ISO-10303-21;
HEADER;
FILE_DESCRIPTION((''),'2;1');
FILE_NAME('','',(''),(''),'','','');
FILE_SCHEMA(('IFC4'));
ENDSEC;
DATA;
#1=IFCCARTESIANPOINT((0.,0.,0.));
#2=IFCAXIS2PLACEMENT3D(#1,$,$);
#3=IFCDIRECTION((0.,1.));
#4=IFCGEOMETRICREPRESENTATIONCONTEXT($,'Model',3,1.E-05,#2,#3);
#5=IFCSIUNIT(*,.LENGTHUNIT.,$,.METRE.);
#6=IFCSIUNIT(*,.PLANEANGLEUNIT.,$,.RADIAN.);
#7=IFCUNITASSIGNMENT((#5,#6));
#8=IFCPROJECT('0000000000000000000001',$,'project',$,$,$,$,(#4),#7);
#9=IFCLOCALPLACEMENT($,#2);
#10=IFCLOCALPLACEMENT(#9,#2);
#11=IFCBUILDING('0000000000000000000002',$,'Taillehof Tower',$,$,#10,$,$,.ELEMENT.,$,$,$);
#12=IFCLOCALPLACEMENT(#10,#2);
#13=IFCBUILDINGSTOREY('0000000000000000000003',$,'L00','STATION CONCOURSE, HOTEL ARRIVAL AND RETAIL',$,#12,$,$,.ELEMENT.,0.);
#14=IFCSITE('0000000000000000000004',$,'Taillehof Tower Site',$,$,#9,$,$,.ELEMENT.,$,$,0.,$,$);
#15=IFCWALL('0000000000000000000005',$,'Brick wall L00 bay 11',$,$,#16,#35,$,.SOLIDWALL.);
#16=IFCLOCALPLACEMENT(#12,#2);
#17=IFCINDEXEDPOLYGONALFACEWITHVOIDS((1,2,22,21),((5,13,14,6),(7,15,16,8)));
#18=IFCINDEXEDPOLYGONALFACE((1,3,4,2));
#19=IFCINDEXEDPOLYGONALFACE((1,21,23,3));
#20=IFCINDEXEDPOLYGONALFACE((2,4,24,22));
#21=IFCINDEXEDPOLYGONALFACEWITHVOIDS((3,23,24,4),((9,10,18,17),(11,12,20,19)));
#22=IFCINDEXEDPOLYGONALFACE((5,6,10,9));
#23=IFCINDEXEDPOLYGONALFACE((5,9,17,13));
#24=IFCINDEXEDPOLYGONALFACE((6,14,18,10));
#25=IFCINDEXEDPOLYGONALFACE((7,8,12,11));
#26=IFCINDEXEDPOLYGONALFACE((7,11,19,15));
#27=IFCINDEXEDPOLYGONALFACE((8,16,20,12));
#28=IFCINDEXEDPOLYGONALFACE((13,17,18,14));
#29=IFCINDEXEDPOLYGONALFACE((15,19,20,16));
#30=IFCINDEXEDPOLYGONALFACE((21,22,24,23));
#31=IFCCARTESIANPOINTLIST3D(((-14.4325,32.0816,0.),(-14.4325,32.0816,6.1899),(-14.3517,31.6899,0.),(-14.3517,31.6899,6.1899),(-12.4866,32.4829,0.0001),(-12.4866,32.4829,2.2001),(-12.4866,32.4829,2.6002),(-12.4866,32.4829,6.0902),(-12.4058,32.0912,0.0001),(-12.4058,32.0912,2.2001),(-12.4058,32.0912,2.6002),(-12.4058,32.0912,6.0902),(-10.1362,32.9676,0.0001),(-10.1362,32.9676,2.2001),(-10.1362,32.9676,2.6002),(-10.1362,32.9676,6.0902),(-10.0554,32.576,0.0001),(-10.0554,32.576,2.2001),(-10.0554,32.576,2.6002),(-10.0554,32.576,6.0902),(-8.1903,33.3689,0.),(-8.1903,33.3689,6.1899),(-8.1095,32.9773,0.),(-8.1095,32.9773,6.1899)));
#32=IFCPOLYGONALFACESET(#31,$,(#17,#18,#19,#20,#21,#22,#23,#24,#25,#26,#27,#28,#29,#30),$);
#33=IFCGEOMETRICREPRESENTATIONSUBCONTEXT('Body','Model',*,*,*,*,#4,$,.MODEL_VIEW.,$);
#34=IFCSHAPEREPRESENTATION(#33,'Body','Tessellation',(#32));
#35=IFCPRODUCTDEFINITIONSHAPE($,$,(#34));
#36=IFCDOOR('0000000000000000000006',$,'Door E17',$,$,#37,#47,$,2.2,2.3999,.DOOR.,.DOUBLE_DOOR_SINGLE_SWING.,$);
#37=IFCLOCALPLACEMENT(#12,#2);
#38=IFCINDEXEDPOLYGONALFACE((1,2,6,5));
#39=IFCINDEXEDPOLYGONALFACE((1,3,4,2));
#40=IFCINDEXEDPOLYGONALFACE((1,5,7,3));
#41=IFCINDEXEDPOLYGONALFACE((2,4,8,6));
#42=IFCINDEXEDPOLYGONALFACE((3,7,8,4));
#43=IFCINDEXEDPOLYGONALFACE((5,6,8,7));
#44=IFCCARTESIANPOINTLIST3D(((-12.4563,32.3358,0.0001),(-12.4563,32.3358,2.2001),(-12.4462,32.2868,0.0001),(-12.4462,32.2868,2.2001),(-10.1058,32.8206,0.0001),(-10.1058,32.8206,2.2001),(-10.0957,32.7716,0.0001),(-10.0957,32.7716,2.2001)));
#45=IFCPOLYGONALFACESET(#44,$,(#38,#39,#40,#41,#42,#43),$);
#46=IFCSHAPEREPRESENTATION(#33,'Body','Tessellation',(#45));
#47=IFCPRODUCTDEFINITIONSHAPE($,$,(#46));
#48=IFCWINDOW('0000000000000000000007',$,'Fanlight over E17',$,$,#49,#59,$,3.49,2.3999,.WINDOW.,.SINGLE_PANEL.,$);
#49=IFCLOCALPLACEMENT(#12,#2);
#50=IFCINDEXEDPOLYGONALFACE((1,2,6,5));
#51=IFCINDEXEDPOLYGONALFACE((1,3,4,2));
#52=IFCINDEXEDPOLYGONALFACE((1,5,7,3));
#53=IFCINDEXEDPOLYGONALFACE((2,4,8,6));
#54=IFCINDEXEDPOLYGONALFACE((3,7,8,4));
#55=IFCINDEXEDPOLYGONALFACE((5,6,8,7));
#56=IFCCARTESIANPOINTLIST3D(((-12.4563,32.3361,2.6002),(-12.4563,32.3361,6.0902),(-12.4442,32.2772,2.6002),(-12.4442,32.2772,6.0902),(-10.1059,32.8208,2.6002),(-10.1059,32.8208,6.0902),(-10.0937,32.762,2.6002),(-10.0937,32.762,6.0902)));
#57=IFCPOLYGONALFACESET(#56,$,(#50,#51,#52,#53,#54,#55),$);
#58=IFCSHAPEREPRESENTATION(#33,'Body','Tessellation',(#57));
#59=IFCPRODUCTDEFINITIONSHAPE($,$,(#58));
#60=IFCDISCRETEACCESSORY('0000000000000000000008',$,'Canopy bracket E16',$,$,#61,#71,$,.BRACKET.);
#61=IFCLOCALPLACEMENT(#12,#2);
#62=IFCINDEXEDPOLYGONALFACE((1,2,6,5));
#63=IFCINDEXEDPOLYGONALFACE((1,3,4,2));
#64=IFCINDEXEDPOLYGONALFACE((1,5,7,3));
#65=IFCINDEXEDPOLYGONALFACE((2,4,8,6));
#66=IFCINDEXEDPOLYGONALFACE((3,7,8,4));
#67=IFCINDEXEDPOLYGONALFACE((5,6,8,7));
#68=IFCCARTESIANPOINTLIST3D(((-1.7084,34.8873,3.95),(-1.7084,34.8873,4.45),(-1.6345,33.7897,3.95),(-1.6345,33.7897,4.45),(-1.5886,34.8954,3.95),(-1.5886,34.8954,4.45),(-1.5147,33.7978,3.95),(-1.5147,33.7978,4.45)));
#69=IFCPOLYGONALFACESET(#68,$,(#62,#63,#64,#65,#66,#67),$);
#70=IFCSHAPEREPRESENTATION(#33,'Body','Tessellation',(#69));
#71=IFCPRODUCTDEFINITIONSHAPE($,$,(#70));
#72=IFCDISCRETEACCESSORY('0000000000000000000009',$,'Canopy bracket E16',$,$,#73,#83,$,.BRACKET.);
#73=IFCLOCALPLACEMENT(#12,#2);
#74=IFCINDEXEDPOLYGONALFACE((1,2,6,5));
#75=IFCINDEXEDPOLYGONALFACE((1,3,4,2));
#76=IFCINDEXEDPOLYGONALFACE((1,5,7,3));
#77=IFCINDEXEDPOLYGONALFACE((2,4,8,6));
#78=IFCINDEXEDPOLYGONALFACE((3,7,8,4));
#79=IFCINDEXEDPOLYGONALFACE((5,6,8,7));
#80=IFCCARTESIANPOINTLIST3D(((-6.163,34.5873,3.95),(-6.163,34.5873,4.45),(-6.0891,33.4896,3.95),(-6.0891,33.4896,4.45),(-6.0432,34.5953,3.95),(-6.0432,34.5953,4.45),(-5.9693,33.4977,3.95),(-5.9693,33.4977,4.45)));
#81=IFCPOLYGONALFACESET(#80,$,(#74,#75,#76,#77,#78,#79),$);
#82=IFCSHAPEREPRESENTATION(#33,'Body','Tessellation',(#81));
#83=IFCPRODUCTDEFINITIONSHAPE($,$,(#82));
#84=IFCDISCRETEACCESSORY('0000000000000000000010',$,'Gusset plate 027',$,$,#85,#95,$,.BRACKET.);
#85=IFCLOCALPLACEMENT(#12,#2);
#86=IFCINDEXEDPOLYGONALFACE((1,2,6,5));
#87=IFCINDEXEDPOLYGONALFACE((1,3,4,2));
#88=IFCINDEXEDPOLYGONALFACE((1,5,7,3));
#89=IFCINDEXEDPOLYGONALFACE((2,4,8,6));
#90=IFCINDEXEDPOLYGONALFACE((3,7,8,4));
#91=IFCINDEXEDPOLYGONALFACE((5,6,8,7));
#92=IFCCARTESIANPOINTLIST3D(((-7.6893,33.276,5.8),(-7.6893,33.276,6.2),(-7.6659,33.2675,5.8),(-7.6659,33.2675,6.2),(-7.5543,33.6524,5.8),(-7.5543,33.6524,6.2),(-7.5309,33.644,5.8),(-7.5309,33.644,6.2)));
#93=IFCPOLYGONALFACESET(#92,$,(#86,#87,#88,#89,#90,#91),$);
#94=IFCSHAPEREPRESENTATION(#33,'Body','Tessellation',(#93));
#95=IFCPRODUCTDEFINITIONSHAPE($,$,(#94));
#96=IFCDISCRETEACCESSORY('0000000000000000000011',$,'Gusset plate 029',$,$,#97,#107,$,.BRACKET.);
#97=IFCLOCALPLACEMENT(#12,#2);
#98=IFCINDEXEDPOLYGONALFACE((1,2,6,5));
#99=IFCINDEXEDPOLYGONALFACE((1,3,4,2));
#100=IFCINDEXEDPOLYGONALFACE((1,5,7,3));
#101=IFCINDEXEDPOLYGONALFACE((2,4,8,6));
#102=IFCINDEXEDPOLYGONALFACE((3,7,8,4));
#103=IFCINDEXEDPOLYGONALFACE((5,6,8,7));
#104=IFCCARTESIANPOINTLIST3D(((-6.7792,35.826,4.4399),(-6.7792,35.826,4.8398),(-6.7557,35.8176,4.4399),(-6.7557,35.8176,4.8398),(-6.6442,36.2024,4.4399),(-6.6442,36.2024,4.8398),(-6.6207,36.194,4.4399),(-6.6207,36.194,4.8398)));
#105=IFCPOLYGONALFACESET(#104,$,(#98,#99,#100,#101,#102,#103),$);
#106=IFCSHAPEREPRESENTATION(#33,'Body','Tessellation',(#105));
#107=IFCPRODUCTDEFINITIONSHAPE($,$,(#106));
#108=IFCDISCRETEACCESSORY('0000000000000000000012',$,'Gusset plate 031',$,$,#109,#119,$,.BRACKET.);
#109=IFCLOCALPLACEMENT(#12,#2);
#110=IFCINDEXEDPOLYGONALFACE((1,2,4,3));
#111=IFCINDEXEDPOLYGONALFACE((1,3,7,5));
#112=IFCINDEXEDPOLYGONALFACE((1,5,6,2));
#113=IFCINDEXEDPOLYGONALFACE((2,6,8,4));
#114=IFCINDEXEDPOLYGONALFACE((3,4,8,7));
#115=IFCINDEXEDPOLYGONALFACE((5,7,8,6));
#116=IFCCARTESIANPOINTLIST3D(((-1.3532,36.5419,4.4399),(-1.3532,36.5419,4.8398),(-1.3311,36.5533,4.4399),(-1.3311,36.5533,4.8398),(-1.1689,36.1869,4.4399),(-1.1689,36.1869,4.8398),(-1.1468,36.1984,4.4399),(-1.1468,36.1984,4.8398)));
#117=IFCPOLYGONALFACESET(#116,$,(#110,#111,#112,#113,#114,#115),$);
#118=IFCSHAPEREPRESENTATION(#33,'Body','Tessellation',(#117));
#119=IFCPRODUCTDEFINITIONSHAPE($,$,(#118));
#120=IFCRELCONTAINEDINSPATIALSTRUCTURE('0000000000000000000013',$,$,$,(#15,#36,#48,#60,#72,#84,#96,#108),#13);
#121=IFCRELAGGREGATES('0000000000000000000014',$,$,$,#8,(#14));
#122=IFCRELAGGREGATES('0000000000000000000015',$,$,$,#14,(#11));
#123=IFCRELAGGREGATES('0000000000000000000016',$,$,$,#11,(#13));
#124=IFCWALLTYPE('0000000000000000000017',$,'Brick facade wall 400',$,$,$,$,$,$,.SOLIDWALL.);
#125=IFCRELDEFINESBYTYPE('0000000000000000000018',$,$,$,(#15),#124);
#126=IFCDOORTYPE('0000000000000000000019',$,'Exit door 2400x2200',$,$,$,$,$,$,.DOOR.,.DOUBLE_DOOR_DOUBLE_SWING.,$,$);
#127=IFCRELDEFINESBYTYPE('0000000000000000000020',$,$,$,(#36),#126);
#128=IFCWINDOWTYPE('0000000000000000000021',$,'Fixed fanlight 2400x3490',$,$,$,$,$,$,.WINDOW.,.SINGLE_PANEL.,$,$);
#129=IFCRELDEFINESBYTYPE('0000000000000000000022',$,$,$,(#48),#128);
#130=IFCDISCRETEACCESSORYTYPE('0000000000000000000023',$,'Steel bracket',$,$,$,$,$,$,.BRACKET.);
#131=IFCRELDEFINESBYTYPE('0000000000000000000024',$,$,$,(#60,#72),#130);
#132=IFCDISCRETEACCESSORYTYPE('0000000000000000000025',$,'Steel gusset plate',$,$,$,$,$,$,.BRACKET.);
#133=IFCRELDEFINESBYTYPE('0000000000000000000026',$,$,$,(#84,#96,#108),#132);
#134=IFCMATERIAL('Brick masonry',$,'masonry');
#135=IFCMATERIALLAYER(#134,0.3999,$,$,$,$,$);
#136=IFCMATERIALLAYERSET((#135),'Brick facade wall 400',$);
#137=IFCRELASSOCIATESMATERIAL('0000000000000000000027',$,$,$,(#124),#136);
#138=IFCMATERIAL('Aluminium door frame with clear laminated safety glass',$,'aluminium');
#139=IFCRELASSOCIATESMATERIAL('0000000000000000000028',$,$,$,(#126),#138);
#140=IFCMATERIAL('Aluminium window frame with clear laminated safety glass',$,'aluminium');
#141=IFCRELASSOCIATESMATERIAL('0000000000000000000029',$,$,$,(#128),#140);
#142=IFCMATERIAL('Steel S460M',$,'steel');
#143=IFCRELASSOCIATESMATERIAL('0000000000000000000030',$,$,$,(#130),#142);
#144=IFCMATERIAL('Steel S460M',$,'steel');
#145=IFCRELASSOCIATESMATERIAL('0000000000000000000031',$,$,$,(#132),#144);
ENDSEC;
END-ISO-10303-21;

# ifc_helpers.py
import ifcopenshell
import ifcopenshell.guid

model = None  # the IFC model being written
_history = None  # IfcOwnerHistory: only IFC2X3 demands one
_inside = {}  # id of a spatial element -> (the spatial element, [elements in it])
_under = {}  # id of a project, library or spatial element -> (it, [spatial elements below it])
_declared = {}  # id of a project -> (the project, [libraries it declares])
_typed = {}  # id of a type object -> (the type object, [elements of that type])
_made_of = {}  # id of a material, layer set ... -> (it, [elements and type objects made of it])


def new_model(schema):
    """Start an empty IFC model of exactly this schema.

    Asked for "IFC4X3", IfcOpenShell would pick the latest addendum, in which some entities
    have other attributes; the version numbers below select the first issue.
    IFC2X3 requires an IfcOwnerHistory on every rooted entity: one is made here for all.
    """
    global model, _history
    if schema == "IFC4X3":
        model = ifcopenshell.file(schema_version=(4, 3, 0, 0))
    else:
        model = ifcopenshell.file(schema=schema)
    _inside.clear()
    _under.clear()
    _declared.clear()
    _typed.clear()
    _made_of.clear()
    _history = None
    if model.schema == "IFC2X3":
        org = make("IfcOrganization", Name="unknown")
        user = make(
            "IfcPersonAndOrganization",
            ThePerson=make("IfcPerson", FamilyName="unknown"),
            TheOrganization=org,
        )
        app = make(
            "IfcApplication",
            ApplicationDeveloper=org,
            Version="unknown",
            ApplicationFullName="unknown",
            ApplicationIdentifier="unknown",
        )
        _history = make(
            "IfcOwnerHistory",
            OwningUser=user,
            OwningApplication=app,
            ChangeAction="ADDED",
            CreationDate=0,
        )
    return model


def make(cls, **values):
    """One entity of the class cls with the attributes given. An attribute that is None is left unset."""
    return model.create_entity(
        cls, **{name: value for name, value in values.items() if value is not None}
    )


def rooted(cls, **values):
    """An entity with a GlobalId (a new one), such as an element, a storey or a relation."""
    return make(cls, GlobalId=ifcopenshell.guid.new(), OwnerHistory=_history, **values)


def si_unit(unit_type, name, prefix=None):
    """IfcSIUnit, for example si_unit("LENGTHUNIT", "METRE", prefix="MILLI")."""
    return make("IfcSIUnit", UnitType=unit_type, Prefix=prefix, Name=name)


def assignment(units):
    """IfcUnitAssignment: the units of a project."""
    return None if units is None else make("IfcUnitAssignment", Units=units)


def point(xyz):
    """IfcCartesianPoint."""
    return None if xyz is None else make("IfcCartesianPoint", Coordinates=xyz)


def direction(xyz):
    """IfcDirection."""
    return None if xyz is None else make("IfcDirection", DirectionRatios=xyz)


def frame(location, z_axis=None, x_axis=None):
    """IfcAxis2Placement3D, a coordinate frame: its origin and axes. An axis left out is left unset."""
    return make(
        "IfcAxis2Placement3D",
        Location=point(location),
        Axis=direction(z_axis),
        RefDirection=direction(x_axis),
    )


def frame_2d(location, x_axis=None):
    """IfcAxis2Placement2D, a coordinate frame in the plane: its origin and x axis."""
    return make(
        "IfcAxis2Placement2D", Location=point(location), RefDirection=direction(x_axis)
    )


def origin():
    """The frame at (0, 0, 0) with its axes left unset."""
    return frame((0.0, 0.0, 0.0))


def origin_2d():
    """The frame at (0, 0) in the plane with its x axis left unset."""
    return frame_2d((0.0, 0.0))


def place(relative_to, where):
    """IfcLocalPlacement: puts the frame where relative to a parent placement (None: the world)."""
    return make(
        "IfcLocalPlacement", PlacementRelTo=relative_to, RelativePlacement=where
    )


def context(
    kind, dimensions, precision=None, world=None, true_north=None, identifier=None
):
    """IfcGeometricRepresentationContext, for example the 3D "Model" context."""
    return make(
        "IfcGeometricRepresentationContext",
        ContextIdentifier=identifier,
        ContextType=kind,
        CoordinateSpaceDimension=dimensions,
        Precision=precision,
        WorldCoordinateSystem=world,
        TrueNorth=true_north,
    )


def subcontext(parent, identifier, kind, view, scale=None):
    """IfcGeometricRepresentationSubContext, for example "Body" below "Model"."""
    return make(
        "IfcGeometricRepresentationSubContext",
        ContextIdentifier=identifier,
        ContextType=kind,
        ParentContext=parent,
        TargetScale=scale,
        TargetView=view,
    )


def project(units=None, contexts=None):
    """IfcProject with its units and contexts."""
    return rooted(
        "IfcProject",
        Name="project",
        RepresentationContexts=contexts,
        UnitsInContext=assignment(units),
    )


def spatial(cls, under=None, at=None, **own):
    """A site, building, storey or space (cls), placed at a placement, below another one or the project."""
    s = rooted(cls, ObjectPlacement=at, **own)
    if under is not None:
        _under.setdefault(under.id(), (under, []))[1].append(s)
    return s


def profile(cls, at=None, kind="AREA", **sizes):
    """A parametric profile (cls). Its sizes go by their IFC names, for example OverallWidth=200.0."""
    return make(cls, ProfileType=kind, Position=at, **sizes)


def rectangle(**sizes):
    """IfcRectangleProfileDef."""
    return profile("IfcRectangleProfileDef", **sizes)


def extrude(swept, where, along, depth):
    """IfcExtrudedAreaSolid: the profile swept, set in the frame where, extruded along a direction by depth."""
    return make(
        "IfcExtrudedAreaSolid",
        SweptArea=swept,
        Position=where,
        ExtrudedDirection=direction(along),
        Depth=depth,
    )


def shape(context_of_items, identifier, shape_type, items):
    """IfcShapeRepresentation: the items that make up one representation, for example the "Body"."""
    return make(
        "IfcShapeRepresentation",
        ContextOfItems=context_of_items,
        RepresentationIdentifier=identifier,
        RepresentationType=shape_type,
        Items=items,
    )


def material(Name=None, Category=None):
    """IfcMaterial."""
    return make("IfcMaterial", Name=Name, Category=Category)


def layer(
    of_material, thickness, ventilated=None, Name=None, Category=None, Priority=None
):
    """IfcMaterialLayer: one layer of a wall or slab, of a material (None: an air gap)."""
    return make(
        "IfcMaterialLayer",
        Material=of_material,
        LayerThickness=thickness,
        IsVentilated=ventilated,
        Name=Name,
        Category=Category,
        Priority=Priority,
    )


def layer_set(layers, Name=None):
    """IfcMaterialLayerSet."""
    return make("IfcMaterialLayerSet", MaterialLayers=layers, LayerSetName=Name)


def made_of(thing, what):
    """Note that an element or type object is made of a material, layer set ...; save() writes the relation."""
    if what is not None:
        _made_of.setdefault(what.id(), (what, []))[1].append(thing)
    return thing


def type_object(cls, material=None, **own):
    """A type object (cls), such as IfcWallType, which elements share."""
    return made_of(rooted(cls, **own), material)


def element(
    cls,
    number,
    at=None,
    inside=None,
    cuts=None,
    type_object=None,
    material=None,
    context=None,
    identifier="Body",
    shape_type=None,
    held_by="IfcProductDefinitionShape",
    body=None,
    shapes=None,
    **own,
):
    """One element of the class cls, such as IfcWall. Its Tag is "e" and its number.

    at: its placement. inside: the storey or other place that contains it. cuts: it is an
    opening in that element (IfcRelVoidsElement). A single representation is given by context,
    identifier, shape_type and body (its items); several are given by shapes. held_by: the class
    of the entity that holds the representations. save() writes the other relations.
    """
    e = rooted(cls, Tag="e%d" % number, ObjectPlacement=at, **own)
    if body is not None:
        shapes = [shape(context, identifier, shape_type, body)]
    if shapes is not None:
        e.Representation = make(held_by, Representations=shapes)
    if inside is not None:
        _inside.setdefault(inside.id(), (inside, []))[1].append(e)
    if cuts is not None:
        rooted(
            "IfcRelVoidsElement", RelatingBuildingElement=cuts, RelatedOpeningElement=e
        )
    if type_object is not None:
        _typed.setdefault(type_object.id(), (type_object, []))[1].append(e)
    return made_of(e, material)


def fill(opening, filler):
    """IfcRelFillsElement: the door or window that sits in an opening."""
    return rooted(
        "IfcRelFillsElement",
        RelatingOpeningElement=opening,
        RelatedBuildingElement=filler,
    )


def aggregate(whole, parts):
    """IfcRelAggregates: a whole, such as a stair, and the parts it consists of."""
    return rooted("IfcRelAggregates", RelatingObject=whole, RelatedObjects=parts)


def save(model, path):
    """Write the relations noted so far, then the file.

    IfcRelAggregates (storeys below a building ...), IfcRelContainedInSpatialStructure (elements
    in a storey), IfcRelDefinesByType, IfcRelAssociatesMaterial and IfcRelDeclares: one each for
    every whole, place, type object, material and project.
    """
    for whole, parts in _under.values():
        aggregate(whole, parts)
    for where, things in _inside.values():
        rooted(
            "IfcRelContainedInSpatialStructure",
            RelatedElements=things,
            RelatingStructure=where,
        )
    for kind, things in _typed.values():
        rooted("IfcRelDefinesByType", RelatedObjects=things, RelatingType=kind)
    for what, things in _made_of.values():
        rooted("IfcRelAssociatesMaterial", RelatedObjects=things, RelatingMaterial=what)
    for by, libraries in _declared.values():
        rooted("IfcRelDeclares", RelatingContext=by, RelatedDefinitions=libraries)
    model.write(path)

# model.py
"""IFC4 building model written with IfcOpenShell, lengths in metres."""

from ifc_helpers import new_model, si_unit, direction, frame, frame_2d, origin, origin_2d, place, context, subcontext, project, spatial, rectangle, extrude, material, layer, layer_set, type_object, element, fill, save


model = new_model("IFC4")

# Units and contexts
model_context = context("Model", 3, precision=1e-05, world=origin(), true_north=direction((0.0, 1.0)))
body_context = subcontext(model_context, "Body", "Model", "MODEL_VIEW")
ifc_project = project(units=[si_unit("LENGTHUNIT", "METRE"), si_unit("PLANEANGLEUNIT", "RADIAN")], contexts=[model_context])

# Site, building, storey
site_placement = place(None, origin())
site = spatial("IfcSite", under=ifc_project, at=site_placement, Name="Taillehof Tower Site", CompositionType="ELEMENT", RefElevation=0.0)
building_placement = place(site_placement, origin())
building = spatial("IfcBuilding", under=site, at=building_placement, Name="Taillehof Tower", CompositionType="ELEMENT")
storey_placement = place(building_placement, origin())
storey = spatial("IfcBuildingStorey", under=building, at=storey_placement, Name="L00", Description="STATION CONCOURSE, HOTEL ARRIVAL AND RETAIL", CompositionType="ELEMENT", Elevation=0.0)

# Wall, openings, door, window
ifc_material_1 = material(Name="Brick masonry", Category="masonry")
ifc_layer = layer(ifc_material_1, 0.3999)
ifc_layer_set = layer_set([ifc_layer], Name="Brick facade wall 400")
wall_type = type_object("IfcWallType", Name="Brick facade wall 400", PredefinedType="SOLIDWALL", material=ifc_layer_set)
ifc_material_2 = material(Name="Aluminium door frame with clear laminated safety glass", Category="aluminium")
door_type = type_object("IfcDoorType", Name="Exit door 2400x2200", OperationType="DOUBLE_DOOR_DOUBLE_SWING", PredefinedType="DOOR", material=ifc_material_2)
ifc_material_3 = material(Name="Aluminium window frame with clear laminated safety glass", Category="aluminium")
window_type = type_object("IfcWindowType", Name="Fixed fanlight 2400x3490", PartitioningType="SINGLE_PANEL", PredefinedType="WINDOW", material=ifc_material_3)
wall_1_placement = place(storey_placement, frame((-8.1499, 33.1731, 0.0), z_axis=(0.0, 0.0, 1.0), x_axis=(-0.979389, -0.201984, 0.0)))
wall_1 = element("IfcWall", 1, at=wall_1_placement, inside=storey, type_object=wall_type, Name="Brick wall L00 bay 11", PredefinedType="SOLIDWALL", context=body_context, shape_type="SweptSolid", body=[
    extrude(rectangle(XDim=6.3735, YDim=0.3999, at=frame_2d((3.1868, 0.0))), origin(), (0.0, 0.0, 1.0), 6.1899),
])
opening_1_placement = place(wall_1_placement, frame((1.9868, 0.0, 0.0)))
opening_1 = element("IfcOpeningElement", 2, at=opening_1_placement, cuts=wall_1, PredefinedType="OPENING", context=body_context, shape_type="SweptSolid", body=[
    extrude(rectangle(XDim=2.3999, YDim=2.2, at=frame_2d((1.2, 1.1001))), frame((0.0, 0.21, 0.0), z_axis=(0.0, -1.0, 0.0), x_axis=(1.0, 0.0, 0.0)), (0.0, 0.0, 1.0), 0.4199),
])
opening_2_placement = place(wall_1_placement, frame((1.9868, 0.0, 2.6001)))
opening_2 = element("IfcOpeningElement", 3, at=opening_2_placement, cuts=wall_1, PredefinedType="OPENING", context=body_context, shape_type="SweptSolid", body=[
    extrude(rectangle(XDim=2.3999, YDim=3.49, at=frame_2d((1.2, 1.7451))), frame((0.0, 0.21, 0.0), z_axis=(0.0, -1.0, 0.0), x_axis=(1.0, 0.0, 0.0)), (0.0, 0.0, 1.0), 0.4199),
])
door_1_placement = place(opening_1_placement, frame((2.3999, 0.0, 0.0), z_axis=(0.0, 0.0, 1.0), x_axis=(-1.0, 0.0, 0.0)))
door_1 = element("IfcDoor", 4, at=door_1_placement, inside=storey, type_object=door_type, Name="Door E17", OperationType="DOUBLE_DOOR_SINGLE_SWING", OverallHeight=2.2, OverallWidth=2.3999, PredefinedType="DOOR", context=body_context, shape_type="SweptSolid", body=[
    extrude(rectangle(XDim=2.3999, YDim=2.2, at=frame_2d((1.2, 1.1001))), frame((0.0, 0.0498, 0.0), z_axis=(0.0, -1.0, 0.0), x_axis=(1.0, 0.0, 0.0)), (0.0, 0.0, 1.0), 0.05),
])
fill(opening_1, door_1)
window_1_placement = place(opening_2_placement, origin())
window_1 = element("IfcWindow", 5, at=window_1_placement, inside=storey, type_object=window_type, Name="Fanlight over E17", OverallHeight=3.49, OverallWidth=2.3999, PartitioningType="SINGLE_PANEL", PredefinedType="WINDOW", context=body_context, shape_type="SweptSolid", body=[
    extrude(rectangle(XDim=2.3999, YDim=3.49, at=frame_2d((1.2, 1.7451))), frame((0.0, 0.01, 0.0), z_axis=(0.0, -1.0, 0.0), x_axis=(1.0, 0.0, 0.0)), (0.0, 0.0, 1.0), 0.0601),
])
fill(opening_2, window_1)

# Discrete accessories
ifc_material_4 = material(Name="Steel S460M", Category="steel")
discrete_accessory_type_1 = type_object("IfcDiscreteAccessoryType", Name="Steel bracket", PredefinedType="BRACKET", material=ifc_material_4)
for number, where, z_axis, x_axis, name in (
    (6, (-1.6116, 34.3425, 3.95), (0.0, 0.0, 1.0), (-0.067183, 0.997741, 0.0), "Canopy bracket E16"),
    (7, (-6.0662, 34.0425, 3.95), (0.0, 0.0, 1.0), (-0.067183, 0.997741, 0.0), "Canopy bracket E16"),
):
    element("IfcDiscreteAccessory", number, at=place(storey_placement, frame(where, z_axis=z_axis, x_axis=x_axis)), inside=storey, type_object=discrete_accessory_type_1, Name=name, PredefinedType="BRACKET", context=body_context, shape_type="SweptSolid", body=[
        extrude(rectangle(XDim=1.1001, YDim=0.1201, at=origin_2d()), origin(), (0.0, 0.0, 1.0), 0.5),
    ])
ifc_material_5 = material(Name="Steel S460M", Category="steel")
discrete_accessory_type_2 = type_object("IfcDiscreteAccessoryType", Name="Steel gusset plate", PredefinedType="BRACKET", material=ifc_material_5)
for number, where, z_axis, x_axis, name in (
    (8, (-7.6101, 33.46, 5.8), (0.0, 0.0, 1.0), (-0.337614, -0.941284, 0.0), "Gusset plate 027"),
    (9, (-6.7, 36.01, 4.4399), (0.0, 0.0, 1.0), (-0.337614, -0.941284, 0.0), "Gusset plate 029"),
    (10, (-1.25, 36.3701, 4.4399), (0.0, 0.0, 1.0), (0.460669, -0.887572, 0.0), "Gusset plate 031"),
):
    element("IfcDiscreteAccessory", number, at=place(storey_placement, frame(where, z_axis=z_axis, x_axis=x_axis)), inside=storey, type_object=discrete_accessory_type_2, Name=name, PredefinedType="BRACKET", context=body_context, shape_type="SweptSolid", body=[
        extrude(rectangle(XDim=0.3999, YDim=0.0249, at=origin_2d()), origin(), (0.0, 0.0, 1.0), 0.3999),
    ])

save(model, "model.ifc")
